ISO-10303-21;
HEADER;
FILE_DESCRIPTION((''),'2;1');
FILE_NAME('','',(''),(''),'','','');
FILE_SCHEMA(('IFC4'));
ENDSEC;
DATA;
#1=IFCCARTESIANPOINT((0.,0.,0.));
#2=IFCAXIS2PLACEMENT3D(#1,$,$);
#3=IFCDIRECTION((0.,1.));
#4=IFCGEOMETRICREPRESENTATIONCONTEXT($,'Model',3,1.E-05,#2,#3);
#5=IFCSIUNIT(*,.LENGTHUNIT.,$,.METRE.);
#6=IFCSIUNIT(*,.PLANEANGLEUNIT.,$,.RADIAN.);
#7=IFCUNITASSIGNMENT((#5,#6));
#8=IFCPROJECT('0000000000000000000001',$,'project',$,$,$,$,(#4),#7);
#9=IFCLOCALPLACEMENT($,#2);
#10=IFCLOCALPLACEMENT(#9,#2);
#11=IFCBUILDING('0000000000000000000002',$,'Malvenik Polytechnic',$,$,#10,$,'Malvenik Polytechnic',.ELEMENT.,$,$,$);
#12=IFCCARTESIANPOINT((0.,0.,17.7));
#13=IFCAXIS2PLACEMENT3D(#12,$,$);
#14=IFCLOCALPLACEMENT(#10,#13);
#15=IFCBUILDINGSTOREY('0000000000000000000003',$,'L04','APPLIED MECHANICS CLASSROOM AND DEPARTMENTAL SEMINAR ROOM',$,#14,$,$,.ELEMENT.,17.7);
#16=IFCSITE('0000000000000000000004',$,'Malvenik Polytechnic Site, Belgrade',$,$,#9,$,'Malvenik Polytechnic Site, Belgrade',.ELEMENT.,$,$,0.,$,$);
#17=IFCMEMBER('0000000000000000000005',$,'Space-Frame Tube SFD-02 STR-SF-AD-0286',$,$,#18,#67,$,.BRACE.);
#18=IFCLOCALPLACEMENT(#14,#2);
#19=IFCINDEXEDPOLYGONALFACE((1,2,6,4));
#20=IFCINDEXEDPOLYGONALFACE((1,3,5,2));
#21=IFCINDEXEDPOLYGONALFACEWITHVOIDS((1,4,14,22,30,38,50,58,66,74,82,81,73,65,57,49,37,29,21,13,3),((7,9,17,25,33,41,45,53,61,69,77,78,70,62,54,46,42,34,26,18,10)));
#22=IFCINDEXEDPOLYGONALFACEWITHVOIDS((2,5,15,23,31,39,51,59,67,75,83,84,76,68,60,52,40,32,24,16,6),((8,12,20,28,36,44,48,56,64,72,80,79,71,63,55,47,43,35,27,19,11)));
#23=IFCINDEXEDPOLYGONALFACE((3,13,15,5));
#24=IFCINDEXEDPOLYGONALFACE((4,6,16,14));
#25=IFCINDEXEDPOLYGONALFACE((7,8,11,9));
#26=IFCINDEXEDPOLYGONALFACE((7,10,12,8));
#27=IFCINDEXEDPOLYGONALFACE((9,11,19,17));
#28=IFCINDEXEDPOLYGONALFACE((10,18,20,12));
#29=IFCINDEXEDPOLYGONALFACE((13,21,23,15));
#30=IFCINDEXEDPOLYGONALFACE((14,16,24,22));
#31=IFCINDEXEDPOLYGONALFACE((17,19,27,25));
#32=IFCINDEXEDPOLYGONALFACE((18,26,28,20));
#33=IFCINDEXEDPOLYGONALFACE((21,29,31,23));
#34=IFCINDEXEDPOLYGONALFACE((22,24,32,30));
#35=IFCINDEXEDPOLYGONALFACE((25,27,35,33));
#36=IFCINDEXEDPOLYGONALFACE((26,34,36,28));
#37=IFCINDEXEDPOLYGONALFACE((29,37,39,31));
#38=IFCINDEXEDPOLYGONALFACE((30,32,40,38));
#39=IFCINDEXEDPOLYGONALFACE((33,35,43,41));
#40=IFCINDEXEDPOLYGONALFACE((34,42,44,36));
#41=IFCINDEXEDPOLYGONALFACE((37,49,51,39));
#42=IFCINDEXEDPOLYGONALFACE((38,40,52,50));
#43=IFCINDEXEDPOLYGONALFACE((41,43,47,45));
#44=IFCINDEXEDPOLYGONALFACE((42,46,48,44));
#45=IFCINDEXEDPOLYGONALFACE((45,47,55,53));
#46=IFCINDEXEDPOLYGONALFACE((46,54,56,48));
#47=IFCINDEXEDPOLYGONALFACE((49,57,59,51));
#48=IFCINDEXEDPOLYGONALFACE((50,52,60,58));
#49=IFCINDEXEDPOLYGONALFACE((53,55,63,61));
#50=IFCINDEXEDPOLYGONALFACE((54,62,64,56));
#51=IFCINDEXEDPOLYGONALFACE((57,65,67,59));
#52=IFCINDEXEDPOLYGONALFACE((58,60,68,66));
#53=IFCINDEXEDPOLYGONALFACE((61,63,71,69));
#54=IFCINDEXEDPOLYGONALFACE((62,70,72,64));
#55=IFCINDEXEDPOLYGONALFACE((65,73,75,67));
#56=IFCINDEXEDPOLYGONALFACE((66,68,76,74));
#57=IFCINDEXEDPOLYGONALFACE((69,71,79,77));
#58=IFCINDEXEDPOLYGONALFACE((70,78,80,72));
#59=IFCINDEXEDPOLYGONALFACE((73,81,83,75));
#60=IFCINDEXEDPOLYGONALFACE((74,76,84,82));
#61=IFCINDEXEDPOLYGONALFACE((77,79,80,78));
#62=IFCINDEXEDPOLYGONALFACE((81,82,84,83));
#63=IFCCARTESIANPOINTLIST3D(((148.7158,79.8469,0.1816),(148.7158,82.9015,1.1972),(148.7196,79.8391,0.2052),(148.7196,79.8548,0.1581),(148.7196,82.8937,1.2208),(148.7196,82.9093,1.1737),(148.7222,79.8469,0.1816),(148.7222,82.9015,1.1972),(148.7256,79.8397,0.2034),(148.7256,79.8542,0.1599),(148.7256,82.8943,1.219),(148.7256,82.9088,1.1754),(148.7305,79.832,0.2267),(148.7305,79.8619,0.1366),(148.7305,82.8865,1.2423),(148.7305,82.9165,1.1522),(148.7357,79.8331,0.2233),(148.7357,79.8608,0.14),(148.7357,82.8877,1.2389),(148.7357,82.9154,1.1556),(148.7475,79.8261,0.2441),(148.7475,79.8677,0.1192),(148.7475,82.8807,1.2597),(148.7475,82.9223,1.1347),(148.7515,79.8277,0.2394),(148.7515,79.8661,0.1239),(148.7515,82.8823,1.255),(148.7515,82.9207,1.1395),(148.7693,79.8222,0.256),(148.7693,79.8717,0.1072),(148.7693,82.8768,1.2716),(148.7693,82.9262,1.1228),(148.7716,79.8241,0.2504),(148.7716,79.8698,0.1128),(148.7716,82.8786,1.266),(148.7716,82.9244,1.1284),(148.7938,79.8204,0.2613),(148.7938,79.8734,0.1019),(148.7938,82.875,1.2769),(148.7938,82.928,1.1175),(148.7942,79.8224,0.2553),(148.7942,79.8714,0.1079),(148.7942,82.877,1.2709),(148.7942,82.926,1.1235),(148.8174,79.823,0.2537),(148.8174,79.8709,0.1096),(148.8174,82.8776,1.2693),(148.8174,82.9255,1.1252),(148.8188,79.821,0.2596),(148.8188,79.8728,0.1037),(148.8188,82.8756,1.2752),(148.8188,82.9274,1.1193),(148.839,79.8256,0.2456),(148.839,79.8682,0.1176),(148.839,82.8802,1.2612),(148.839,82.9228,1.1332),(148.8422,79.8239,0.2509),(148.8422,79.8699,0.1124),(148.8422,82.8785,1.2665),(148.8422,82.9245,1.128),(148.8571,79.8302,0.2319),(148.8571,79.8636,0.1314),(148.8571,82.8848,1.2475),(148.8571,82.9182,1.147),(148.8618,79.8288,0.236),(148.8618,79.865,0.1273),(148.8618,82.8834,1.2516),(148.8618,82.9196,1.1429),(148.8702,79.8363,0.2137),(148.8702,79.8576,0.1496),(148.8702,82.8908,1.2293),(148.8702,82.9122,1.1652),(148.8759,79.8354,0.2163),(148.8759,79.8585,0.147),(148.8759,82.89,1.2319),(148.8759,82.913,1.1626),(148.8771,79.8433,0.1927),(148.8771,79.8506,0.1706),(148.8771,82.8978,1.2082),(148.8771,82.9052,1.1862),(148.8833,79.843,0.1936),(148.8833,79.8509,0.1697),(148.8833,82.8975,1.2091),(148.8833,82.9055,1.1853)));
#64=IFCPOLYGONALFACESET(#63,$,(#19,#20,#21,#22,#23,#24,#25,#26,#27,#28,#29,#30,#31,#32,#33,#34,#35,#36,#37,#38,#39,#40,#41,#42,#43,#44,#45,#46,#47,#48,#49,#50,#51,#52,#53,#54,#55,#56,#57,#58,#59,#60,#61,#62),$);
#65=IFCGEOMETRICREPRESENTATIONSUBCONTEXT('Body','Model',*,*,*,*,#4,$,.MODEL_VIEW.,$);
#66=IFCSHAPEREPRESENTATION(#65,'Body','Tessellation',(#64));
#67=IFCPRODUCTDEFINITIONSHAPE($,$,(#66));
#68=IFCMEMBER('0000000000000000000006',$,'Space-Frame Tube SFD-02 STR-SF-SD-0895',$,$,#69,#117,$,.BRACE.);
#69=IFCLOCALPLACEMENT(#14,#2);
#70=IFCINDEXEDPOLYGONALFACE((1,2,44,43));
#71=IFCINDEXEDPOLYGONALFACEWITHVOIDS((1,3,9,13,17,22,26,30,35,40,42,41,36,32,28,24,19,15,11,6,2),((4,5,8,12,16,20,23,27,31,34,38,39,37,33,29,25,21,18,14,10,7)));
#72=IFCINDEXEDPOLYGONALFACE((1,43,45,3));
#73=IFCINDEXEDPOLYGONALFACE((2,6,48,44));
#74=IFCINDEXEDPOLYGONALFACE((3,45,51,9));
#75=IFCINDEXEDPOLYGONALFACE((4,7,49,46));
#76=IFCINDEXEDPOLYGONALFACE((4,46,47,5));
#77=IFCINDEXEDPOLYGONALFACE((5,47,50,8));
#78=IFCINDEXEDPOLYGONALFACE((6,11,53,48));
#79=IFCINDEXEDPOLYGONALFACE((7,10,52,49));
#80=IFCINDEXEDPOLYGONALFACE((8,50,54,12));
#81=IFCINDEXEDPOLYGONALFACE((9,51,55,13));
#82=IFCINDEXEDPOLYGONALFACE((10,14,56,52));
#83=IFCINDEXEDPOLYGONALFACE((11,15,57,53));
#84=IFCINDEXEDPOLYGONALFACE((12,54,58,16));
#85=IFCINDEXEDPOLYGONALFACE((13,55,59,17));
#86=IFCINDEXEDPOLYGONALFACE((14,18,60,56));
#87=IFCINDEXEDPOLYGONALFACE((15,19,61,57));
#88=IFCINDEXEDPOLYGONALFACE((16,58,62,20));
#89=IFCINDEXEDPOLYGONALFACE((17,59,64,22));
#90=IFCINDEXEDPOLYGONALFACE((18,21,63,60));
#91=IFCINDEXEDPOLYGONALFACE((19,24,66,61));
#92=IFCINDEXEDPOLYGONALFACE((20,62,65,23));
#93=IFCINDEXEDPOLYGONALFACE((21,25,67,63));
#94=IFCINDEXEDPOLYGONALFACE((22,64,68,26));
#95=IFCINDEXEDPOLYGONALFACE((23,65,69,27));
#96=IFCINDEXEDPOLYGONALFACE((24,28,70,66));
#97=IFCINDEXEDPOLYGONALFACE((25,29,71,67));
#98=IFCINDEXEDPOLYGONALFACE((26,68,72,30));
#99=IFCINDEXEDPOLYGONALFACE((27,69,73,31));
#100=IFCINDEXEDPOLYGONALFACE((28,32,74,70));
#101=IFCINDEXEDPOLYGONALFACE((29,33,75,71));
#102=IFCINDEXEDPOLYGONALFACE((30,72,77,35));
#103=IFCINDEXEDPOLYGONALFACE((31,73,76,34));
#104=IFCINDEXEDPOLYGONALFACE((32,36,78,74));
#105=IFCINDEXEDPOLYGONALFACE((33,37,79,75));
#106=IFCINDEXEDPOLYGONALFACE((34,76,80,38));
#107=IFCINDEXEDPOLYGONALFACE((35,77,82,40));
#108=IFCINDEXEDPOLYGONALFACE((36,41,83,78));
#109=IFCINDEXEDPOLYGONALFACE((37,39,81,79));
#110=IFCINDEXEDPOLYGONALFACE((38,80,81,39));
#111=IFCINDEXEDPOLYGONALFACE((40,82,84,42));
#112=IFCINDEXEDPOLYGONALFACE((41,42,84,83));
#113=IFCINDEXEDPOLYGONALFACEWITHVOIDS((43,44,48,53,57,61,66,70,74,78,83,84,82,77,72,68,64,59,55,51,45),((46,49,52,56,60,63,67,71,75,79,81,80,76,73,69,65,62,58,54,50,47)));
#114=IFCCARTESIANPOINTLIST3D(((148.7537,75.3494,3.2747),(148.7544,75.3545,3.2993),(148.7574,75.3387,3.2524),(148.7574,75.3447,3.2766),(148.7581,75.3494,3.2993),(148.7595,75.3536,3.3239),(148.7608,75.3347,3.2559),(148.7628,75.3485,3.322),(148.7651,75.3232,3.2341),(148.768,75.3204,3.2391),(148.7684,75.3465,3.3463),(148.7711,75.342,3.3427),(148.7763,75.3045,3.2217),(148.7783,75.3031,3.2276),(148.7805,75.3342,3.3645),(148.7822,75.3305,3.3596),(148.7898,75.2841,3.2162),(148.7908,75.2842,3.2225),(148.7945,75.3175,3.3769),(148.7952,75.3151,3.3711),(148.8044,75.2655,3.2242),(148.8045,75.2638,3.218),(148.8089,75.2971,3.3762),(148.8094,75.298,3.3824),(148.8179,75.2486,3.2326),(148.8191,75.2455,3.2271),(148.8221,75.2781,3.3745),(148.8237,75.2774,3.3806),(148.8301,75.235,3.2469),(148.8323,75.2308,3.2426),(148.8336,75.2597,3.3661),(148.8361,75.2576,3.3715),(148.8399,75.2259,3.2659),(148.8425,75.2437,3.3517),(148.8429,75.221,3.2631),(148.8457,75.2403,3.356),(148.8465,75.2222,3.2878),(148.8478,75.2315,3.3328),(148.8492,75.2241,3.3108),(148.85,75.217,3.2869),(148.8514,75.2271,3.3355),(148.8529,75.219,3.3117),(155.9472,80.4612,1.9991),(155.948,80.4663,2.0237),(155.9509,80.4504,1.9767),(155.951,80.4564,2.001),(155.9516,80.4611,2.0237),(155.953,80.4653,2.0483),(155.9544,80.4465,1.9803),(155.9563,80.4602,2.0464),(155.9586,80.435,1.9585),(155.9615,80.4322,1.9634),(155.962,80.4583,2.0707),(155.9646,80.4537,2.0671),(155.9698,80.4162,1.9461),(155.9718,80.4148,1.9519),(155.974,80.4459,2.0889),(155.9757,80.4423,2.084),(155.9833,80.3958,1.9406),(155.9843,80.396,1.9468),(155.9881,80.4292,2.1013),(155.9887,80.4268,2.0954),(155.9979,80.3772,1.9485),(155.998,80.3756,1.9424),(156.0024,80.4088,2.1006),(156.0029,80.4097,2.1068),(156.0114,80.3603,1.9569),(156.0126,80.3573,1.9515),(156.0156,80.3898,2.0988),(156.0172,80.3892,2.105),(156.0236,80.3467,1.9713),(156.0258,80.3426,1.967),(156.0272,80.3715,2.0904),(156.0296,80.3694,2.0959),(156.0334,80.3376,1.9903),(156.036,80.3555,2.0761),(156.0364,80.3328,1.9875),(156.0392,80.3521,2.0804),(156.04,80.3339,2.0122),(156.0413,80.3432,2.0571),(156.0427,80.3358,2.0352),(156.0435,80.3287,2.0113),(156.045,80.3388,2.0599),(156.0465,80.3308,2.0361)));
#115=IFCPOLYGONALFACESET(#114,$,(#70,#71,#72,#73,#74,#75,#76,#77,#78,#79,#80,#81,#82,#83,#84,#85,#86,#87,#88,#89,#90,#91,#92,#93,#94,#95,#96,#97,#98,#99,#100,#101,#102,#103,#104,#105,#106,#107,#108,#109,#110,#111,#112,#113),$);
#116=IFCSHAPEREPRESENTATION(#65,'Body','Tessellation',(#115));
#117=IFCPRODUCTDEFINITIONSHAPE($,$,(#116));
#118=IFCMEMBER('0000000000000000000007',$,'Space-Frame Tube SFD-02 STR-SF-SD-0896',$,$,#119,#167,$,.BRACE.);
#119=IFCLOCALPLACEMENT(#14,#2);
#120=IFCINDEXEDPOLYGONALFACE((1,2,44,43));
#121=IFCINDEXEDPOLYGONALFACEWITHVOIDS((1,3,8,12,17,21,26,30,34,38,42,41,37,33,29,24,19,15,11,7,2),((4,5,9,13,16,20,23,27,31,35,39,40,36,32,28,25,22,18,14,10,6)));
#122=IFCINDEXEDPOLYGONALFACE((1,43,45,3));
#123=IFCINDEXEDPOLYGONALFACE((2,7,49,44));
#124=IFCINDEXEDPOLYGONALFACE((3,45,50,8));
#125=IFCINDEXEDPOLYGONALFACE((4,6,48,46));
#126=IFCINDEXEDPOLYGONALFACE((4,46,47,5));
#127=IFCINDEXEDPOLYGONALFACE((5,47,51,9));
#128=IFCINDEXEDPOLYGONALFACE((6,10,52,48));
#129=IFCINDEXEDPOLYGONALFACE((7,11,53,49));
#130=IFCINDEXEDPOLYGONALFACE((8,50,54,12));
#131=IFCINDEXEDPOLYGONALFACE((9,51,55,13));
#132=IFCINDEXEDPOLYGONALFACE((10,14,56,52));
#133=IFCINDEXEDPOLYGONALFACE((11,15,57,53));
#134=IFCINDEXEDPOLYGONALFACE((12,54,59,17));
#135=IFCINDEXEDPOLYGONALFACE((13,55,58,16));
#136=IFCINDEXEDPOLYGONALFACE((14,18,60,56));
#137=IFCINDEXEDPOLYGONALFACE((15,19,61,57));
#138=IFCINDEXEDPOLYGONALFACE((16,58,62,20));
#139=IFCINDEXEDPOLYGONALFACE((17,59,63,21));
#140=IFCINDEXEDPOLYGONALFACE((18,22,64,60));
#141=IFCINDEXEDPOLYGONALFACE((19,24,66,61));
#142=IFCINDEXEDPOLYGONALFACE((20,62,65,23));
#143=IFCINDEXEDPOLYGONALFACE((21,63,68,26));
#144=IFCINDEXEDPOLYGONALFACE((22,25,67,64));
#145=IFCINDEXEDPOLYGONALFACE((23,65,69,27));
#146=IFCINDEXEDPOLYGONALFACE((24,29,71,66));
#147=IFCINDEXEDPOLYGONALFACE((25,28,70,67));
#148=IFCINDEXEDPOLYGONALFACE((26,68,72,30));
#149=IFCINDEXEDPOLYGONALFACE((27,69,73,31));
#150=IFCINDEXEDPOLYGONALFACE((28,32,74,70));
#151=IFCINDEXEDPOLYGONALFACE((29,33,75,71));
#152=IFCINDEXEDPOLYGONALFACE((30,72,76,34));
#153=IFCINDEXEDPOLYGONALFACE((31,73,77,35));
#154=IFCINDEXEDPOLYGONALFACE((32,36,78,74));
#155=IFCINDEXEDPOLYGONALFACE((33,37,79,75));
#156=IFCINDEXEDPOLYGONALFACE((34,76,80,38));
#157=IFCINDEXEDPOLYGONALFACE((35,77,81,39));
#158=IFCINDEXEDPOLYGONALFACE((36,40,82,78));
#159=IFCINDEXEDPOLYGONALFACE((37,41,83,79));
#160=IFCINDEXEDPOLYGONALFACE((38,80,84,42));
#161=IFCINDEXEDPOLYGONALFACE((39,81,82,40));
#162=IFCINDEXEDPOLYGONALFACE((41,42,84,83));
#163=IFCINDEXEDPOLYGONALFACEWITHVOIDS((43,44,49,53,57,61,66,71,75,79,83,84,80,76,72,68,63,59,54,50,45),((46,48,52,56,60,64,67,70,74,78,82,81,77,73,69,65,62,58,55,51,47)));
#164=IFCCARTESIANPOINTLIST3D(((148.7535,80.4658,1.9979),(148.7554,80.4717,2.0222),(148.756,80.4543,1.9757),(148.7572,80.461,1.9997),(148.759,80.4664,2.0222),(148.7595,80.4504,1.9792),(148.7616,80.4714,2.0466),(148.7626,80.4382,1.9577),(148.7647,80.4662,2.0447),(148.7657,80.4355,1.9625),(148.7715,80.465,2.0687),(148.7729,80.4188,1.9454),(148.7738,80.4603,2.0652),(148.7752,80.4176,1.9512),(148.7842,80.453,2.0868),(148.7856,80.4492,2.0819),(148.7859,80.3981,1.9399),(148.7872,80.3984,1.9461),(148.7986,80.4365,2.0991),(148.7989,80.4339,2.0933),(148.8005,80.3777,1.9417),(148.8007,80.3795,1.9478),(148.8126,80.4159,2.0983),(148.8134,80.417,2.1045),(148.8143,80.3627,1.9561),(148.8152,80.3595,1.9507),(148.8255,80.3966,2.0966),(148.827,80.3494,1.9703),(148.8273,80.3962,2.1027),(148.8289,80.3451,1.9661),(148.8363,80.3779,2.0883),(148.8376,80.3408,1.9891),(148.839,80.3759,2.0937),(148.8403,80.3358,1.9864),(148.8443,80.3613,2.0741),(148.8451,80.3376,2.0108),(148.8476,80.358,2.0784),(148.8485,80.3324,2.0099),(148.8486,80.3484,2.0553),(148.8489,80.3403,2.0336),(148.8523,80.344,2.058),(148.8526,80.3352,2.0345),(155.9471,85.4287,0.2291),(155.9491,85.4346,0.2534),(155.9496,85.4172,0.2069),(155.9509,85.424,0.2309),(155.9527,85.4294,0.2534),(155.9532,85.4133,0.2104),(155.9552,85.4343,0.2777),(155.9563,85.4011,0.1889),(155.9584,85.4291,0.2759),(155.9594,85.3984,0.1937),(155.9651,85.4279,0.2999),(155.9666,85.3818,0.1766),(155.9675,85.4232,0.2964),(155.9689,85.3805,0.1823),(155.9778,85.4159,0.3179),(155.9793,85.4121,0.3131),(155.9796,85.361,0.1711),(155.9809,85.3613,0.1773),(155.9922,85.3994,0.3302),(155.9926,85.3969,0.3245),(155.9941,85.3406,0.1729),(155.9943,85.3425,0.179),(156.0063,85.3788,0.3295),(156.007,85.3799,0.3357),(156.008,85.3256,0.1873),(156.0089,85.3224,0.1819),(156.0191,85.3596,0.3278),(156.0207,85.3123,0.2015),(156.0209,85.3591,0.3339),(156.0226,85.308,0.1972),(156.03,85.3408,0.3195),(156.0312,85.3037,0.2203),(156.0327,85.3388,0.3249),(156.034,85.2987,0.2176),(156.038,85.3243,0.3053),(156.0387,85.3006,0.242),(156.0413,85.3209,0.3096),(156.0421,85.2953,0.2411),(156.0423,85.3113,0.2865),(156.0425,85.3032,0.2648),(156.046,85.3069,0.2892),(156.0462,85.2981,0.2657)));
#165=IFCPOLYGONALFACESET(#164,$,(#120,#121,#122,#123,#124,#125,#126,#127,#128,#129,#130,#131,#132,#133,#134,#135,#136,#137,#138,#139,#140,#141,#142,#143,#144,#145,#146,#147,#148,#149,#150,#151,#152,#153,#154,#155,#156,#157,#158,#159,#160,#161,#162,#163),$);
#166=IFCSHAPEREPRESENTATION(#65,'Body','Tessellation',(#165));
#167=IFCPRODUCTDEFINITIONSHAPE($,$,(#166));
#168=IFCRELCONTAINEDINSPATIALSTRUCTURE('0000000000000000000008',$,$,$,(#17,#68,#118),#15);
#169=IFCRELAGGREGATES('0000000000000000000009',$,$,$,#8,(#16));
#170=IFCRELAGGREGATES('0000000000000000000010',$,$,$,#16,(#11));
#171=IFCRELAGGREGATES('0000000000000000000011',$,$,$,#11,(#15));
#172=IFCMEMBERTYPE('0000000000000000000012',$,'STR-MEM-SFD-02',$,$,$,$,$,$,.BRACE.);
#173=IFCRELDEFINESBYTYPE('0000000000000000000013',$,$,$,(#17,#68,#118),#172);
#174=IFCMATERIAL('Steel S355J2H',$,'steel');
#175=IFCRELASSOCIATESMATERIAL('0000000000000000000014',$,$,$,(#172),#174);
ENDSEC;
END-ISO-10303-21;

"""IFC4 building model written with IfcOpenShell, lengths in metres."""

from ifc_helpers import new_model, si_unit, direction, frame, origin, origin_2d, place, context, subcontext, project, spatial, hollow_circle, extrude, material, material_profile, profile_set, type_object, element, save


model = new_model("IFC4")

# Units and contexts
model_context = context("Model", 3, precision=1e-05, world=origin(), true_north=direction((0.0, 1.0)))
body_context = subcontext(model_context, "Body", "Model", "MODEL_VIEW")
ifc_project = project(units=[si_unit("LENGTHUNIT", "METRE"), si_unit("PLANEANGLEUNIT", "RADIAN")], contexts=[model_context])

# Site, building, storey
site_placement = place(None, origin())
site = spatial("IfcSite", under=ifc_project, at=site_placement, Name="Malvenik Polytechnic Site, Belgrade", LongName="Malvenik Polytechnic Site, Belgrade", CompositionType="ELEMENT", RefElevation=0.0)
building_placement = place(site_placement, origin())
building = spatial("IfcBuilding", under=site, at=building_placement, Name="Malvenik Polytechnic", LongName="Malvenik Polytechnic", CompositionType="ELEMENT")
storey_placement = place(building_placement, frame((0.0, 0.0, 17.7)))
storey = spatial("IfcBuildingStorey", under=building, at=storey_placement, Name="L04", Description="APPLIED MECHANICS CLASSROOM AND DEPARTMENTAL SEMINAR ROOM", CompositionType="ELEMENT", Elevation=17.7)

# Members
ifc_material = material(Name="Steel S355J2H", Category="steel")
ifc_material_profile_1 = material_profile(ifc_material, hollow_circle(Radius=0.0842, WallThickness=0.0063, at=origin_2d()), Name="CHS 168.3x6.3")
ifc_profile_set_1 = profile_set([ifc_material_profile_1], Name="Steel S355J2H")
member_type_1 = type_object("IfcMemberType", Name="STR-MEM-SFD-02", PredefinedType="BRACE", material=ifc_profile_set_1)
for number, where, z_axis, x_axis, name in (
    (1, (148.8, 79.8469, 0.1816), (0.0, 0.948926, 0.3155), (-1.0, 0.0, 0.0), "Space-Frame Tube SFD-02 STR-SF-AD-0286"),
):
    element("IfcMember", number, at=place(storey_placement, frame(where, z_axis=z_axis, x_axis=x_axis)), inside=storey, type_object=member_type_1, Name=name, PredefinedType="BRACE", context=body_context, shape_type="SweptSolid", body=[
        extrude(hollow_circle(Radius=0.0842, WallThickness=0.0063, at=origin_2d()), origin(), (0.0, 0.0, 1.0), 3.219),
    ])
member_1_placement = place(storey_placement, frame((148.8032, 75.2859, 3.2993), z_axis=(0.806765, 0.573292, -0.143063), x_axis=(-0.57925, 0.81515, 0.0)))
element("IfcMember", 2, at=member_1_placement, inside=storey, type_object=member_type_1, Name="Space-Frame Tube SFD-02 STR-SF-SD-0895", PredefinedType="BRACE", context=body_context, shape_type="SweptSolid", body=[
    extrude(hollow_circle(Radius=0.0842, WallThickness=0.0063, at=origin_2d()), origin(), (0.0, 0.0, 1.0), 8.9165),
])
member_2_placement = place(storey_placement, frame((148.8032, 80.4023, 2.0222), z_axis=(0.80676, 0.556586, -0.19837), x_axis=(-0.567871, 0.823117, 0.0)))
element("IfcMember", 3, at=member_2_placement, inside=storey, type_object=member_type_1, Name="Space-Frame Tube SFD-02 STR-SF-SD-0896", PredefinedType="BRACE", context=body_context, shape_type="SweptSolid", body=[
    extrude(hollow_circle(Radius=0.0842, WallThickness=0.0063, at=origin_2d()), origin(), (0.0, 0.0, 1.0), 8.9167),
])

save(model, "model.ifc")
